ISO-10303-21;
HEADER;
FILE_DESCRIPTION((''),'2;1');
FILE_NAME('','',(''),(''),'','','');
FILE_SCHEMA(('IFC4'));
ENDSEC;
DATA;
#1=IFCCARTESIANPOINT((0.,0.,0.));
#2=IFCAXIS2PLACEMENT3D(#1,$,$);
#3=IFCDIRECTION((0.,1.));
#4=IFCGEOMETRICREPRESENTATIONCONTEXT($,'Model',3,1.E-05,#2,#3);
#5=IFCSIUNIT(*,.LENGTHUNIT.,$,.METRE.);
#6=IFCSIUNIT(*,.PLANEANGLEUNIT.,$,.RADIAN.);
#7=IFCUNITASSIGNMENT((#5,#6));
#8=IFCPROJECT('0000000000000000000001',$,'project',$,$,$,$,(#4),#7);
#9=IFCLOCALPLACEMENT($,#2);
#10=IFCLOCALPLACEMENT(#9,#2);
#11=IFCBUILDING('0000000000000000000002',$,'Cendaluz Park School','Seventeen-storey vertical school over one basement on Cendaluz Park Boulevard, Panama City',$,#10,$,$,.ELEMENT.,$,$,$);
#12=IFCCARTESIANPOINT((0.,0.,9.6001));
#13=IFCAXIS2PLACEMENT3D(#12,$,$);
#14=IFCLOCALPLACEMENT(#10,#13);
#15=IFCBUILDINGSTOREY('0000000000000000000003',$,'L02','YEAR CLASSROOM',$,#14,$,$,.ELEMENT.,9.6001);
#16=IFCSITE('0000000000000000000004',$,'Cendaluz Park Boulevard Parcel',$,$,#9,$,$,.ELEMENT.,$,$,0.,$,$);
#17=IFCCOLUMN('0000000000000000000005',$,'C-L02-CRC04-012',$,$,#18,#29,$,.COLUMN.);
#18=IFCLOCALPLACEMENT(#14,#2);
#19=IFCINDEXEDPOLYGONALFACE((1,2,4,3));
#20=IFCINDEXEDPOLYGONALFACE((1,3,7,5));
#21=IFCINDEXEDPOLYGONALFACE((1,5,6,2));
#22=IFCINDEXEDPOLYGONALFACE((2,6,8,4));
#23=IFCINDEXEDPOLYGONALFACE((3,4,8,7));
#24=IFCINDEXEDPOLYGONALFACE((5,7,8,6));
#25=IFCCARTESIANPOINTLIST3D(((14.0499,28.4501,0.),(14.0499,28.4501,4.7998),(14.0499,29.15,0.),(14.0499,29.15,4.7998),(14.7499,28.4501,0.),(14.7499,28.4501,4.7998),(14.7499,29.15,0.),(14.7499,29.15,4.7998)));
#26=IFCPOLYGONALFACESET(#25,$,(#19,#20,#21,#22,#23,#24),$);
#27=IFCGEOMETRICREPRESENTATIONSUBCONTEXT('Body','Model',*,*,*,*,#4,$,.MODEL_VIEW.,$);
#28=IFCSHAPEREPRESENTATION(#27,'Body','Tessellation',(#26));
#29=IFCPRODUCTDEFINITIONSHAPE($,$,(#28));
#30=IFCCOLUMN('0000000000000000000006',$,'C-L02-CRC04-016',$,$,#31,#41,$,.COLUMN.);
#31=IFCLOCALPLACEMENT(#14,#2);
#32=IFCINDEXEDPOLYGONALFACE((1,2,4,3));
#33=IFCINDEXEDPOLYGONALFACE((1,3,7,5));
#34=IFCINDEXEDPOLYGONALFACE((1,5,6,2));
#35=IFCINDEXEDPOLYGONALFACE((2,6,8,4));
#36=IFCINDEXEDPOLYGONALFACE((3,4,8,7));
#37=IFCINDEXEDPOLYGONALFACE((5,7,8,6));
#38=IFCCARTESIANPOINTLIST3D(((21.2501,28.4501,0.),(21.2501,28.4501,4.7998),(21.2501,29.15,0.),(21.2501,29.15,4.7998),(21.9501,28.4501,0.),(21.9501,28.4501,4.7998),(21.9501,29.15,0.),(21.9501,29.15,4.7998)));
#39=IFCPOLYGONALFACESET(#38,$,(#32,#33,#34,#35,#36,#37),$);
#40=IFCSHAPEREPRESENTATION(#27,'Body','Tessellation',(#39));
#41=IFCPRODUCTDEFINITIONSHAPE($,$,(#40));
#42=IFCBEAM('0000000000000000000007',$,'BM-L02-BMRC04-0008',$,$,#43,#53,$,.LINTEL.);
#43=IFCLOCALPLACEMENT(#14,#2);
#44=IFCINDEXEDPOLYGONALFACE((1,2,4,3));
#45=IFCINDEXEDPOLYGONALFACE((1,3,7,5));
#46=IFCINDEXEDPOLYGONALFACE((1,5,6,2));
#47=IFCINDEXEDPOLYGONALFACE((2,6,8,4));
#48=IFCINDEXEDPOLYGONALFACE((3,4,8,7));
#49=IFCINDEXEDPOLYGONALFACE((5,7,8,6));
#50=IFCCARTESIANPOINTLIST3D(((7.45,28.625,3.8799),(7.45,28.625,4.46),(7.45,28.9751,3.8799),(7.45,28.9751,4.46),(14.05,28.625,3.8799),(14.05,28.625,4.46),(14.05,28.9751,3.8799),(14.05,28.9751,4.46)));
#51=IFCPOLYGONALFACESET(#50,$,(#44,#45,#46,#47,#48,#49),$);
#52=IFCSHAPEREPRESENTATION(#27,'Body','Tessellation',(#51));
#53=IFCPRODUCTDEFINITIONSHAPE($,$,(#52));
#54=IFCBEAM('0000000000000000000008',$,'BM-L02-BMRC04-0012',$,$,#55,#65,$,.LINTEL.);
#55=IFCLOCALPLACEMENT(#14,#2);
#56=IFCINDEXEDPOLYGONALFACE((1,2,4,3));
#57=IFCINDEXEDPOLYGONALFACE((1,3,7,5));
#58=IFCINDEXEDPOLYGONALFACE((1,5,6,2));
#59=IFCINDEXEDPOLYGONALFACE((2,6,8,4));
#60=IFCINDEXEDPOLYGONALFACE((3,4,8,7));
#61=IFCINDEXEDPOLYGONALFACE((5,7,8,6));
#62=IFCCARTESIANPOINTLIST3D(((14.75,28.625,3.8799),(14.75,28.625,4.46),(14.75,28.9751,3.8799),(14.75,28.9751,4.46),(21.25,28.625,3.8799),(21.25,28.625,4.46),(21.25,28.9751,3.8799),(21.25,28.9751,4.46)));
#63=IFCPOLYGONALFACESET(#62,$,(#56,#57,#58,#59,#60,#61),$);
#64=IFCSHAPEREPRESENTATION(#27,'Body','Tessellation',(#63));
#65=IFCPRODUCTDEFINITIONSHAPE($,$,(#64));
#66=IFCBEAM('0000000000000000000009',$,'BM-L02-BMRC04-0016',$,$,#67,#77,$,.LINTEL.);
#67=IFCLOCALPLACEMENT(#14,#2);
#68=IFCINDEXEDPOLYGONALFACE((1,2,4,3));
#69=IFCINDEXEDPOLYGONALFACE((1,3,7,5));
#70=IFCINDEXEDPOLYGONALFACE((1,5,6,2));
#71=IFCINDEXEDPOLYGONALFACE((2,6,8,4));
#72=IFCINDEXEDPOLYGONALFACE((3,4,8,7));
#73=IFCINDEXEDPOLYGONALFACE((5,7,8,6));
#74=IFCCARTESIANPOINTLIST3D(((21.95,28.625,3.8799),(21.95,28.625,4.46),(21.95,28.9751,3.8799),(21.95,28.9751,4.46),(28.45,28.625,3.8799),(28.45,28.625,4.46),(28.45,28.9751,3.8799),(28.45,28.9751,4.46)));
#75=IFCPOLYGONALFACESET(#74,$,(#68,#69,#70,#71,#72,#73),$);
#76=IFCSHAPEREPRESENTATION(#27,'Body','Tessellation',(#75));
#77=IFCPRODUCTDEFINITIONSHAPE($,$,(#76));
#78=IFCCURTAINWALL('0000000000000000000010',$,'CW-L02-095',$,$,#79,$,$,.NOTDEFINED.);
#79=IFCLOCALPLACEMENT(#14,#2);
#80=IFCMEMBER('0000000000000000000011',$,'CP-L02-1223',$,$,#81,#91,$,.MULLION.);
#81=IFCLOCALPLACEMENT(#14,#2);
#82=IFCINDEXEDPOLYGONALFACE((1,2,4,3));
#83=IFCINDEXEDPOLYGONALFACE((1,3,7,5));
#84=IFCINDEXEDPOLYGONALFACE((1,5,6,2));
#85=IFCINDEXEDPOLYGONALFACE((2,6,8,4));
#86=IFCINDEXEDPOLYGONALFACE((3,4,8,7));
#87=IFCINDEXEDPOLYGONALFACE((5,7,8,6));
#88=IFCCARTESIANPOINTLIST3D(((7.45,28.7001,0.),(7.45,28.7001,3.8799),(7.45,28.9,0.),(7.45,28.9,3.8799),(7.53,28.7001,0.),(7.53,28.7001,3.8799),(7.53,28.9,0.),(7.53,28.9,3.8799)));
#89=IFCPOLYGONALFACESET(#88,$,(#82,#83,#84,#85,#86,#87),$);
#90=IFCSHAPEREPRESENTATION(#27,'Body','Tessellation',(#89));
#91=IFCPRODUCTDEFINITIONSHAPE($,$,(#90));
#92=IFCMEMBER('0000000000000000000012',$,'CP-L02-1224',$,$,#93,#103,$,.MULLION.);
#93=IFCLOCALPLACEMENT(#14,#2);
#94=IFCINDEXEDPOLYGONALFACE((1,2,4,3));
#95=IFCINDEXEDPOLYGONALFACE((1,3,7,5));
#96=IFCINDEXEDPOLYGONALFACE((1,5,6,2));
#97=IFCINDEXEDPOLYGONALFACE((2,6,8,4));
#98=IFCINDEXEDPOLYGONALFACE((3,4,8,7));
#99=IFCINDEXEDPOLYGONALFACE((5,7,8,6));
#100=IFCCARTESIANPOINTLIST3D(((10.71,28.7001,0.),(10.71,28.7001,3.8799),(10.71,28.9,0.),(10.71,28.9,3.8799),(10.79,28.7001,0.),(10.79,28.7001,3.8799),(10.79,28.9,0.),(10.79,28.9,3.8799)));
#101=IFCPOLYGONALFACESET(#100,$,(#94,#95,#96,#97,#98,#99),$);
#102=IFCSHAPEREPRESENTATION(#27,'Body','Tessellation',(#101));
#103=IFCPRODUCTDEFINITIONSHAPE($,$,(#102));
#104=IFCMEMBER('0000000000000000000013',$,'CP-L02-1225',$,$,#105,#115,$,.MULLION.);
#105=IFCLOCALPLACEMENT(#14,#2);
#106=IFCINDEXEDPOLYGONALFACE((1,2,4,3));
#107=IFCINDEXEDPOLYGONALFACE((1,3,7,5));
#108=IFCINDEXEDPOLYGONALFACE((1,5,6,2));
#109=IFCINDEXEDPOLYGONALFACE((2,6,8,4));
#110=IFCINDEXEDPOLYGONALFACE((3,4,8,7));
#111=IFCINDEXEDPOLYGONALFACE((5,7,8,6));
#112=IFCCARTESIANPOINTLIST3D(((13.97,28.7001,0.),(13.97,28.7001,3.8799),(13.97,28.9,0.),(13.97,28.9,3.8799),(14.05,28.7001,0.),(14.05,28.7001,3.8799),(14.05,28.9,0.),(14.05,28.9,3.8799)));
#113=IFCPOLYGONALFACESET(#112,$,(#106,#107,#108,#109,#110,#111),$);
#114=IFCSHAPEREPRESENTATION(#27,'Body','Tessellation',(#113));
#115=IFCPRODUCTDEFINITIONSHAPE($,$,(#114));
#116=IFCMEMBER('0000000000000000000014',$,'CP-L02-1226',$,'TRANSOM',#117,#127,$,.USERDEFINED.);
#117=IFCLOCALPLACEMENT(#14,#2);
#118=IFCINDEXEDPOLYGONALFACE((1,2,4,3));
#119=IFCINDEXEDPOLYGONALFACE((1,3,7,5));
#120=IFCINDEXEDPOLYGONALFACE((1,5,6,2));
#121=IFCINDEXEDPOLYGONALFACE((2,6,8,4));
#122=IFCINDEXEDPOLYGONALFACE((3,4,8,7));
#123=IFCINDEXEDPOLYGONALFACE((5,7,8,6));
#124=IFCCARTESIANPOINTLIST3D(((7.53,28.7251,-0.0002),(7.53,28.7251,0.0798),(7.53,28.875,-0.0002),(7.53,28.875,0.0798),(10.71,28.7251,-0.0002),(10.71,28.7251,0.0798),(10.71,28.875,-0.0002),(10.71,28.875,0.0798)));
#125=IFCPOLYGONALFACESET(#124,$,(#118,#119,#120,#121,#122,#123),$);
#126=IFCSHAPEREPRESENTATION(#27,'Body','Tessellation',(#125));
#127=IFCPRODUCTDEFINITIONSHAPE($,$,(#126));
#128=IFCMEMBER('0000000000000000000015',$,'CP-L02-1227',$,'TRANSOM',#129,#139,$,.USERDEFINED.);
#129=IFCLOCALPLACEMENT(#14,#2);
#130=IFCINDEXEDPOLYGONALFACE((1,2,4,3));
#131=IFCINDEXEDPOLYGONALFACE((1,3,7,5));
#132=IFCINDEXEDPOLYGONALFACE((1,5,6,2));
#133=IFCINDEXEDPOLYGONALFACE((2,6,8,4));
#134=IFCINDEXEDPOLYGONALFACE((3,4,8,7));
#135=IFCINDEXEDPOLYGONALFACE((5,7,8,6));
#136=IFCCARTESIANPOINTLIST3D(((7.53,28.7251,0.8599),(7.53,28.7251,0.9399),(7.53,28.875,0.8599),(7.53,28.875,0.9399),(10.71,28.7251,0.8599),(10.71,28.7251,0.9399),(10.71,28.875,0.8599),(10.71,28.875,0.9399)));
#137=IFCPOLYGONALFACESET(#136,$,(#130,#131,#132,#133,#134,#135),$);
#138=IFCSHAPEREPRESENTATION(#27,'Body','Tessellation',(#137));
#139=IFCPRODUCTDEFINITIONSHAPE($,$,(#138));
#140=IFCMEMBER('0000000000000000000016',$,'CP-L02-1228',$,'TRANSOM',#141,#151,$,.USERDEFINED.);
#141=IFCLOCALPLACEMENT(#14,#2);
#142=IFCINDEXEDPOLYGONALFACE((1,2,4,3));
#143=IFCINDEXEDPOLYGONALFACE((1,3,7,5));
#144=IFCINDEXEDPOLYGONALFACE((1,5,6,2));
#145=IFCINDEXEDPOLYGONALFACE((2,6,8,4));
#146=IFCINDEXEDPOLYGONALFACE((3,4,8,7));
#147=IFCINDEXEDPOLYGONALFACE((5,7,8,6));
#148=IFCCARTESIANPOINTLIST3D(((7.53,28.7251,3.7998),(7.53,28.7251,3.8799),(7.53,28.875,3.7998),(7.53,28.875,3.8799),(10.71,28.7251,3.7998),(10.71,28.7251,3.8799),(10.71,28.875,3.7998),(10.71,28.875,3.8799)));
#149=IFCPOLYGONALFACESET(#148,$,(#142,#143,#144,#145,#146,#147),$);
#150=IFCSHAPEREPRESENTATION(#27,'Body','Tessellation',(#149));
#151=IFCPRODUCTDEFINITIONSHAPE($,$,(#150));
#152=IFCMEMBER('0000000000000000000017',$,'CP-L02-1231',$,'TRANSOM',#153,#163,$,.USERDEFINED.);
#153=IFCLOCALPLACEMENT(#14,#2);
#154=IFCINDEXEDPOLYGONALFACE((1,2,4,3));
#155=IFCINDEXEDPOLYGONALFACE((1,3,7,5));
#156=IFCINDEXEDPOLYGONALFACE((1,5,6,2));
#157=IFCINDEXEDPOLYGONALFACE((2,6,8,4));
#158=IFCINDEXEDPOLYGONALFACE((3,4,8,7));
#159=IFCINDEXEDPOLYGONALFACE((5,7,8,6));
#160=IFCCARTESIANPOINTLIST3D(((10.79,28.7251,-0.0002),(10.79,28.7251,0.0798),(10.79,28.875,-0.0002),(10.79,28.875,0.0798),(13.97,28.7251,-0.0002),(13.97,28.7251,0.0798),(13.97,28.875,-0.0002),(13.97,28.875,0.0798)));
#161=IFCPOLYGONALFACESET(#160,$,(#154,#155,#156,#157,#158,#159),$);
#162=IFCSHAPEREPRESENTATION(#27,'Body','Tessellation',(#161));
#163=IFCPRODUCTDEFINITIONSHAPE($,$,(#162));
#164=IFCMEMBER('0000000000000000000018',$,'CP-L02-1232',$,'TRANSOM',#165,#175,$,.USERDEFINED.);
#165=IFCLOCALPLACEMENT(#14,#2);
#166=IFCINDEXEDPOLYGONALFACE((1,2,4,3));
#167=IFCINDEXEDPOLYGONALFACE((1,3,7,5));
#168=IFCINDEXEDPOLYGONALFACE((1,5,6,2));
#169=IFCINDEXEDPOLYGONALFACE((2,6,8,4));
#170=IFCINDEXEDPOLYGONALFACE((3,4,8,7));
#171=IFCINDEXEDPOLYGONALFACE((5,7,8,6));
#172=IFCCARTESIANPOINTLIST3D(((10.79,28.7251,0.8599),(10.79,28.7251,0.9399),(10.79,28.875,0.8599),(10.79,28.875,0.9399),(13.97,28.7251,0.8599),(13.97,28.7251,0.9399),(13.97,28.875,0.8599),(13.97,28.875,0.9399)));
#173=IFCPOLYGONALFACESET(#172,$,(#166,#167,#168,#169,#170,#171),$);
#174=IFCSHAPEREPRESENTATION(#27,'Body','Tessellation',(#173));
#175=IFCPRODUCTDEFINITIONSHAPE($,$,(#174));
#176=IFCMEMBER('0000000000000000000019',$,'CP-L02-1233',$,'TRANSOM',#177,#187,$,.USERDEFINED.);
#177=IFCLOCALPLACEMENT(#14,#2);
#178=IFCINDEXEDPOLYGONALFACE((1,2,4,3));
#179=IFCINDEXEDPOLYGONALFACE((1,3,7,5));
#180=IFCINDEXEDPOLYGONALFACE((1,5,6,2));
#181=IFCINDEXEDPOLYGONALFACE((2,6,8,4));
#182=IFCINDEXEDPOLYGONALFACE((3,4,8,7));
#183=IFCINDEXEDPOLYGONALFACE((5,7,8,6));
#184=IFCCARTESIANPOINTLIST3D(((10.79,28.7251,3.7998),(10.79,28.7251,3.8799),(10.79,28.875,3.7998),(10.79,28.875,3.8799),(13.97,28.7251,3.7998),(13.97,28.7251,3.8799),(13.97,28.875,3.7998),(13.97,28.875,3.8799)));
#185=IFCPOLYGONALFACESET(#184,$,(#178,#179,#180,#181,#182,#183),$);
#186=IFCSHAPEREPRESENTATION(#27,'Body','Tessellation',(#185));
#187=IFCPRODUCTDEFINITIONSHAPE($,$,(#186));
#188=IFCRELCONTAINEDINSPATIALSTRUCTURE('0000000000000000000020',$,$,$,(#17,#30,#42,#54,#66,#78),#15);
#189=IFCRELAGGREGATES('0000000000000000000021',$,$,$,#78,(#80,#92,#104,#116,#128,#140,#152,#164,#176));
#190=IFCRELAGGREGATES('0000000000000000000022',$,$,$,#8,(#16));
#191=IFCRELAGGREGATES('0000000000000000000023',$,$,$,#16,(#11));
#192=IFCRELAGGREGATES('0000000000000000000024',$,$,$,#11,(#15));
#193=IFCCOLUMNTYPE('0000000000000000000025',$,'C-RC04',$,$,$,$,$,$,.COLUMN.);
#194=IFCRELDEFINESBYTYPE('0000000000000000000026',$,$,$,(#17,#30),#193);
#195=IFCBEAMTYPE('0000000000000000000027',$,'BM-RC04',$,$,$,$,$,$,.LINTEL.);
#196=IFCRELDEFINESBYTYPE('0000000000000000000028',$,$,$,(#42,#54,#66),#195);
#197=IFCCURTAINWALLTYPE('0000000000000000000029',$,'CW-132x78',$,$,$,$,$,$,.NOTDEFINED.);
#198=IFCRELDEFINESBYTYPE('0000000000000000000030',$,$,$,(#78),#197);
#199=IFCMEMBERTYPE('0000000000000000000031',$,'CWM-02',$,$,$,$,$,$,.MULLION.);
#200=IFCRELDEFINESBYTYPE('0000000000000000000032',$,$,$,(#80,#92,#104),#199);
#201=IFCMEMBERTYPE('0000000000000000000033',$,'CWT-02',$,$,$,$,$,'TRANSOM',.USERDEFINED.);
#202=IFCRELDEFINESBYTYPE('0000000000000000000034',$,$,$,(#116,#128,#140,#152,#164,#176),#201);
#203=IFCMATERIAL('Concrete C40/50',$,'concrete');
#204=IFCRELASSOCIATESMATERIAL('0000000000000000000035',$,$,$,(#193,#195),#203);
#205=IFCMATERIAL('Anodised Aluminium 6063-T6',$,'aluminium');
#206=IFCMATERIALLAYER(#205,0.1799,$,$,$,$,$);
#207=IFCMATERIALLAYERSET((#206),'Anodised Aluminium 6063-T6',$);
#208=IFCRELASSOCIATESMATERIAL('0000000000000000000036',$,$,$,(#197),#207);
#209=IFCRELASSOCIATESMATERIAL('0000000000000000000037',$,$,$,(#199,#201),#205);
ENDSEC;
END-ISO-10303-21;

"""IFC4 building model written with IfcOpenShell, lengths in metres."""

from ifc_helpers import new_model, si_unit, direction, frame, origin, origin_2d, place, context, subcontext, project, spatial, rectangle, extrude, material, layer, layer_set, material_profile, profile_set, type_object, element, aggregate, save


model = new_model("IFC4")

# Units and contexts
model_context = context("Model", 3, precision=1e-05, world=origin(), true_north=direction((0.0, 1.0)))
body_context = subcontext(model_context, "Body", "Model", "MODEL_VIEW")
ifc_project = project(units=[si_unit("LENGTHUNIT", "METRE"), si_unit("PLANEANGLEUNIT", "RADIAN")], contexts=[model_context])

# Site, building, storey
site_placement = place(None, origin())
site = spatial("IfcSite", under=ifc_project, at=site_placement, Name="Cendaluz Park Boulevard Parcel", CompositionType="ELEMENT", RefElevation=0.0)
building_placement = place(site_placement, origin())
building = spatial("IfcBuilding", under=site, at=building_placement, Name="Cendaluz Park School", Description="Seventeen-storey vertical school over one basement on Cendaluz Park Boulevard, Panama City", CompositionType="ELEMENT")
storey_placement = place(building_placement, frame((0.0, 0.0, 9.6001)))
storey = spatial("IfcBuildingStorey", under=building, at=storey_placement, Name="L02", Description="YEAR CLASSROOM", CompositionType="ELEMENT", Elevation=9.6001)

# Columns
ifc_material_1 = material(Name="Concrete C40/50", Category="concrete")
ifc_material_profile_1 = material_profile(ifc_material_1, rectangle(XDim=0.7, YDim=0.7, at=origin_2d()), Name="RC 700x700", Category="concrete")
ifc_profile_set_1 = profile_set([ifc_material_profile_1], Name="Concrete C40/50")
column_type = type_object("IfcColumnType", Name="C-RC04", PredefinedType="COLUMN", material=ifc_profile_set_1)
for number, where, z_axis, x_axis, name in (
    (1, (14.3999, 28.8, 0.0), (0.0, 0.0, 1.0), (1.0, 0.0, 0.0), "C-L02-CRC04-012"),
    (2, (21.6001, 28.8, 0.0), (0.0, 0.0, 1.0), (1.0, 0.0, 0.0), "C-L02-CRC04-016"),
):
    element("IfcColumn", number, at=place(storey_placement, frame(where, z_axis=z_axis, x_axis=x_axis)), inside=storey, type_object=column_type, Name=name, PredefinedType="COLUMN", context=body_context, shape_type="SweptSolid", body=[
        extrude(rectangle(XDim=0.7, YDim=0.7, at=origin_2d()), origin(), (0.0, 0.0, 1.0), 4.7998),
    ])

# Beams
ifc_material_profile_2 = material_profile(ifc_material_1, rectangle(XDim=0.3501, YDim=0.5801, at=origin_2d()), Name="RC 350x580", Category="concrete")
ifc_profile_set_2 = profile_set([ifc_material_profile_2], Name="Concrete C40/50")
beam_type_1 = type_object("IfcBeamType", Name="BM-RC04", PredefinedType="LINTEL", material=ifc_profile_set_2)
beam_1_placement = place(storey_placement, frame((7.45, 28.8, 4.1699), z_axis=(1.0, 0.0, 0.0), x_axis=(0.0, 1.0, 0.0)))
element("IfcBeam", 3, at=beam_1_placement, inside=storey, type_object=beam_type_1, Name="BM-L02-BMRC04-0008", PredefinedType="LINTEL", context=body_context, shape_type="SweptSolid", body=[
    extrude(rectangle(XDim=0.3501, YDim=0.5801, at=origin_2d()), origin(), (0.0, 0.0, 1.0), 6.6001),
])
for number, where, z_axis, x_axis, name in (
    (4, (14.75, 28.8, 4.1699), (1.0, 0.0, 0.0), (0.0, 1.0, 0.0), "BM-L02-BMRC04-0012"),
    (5, (21.95, 28.8, 4.1699), (1.0, 0.0, 0.0), (0.0, 1.0, 0.0), "BM-L02-BMRC04-0016"),
):
    element("IfcBeam", number, at=place(storey_placement, frame(where, z_axis=z_axis, x_axis=x_axis)), inside=storey, type_object=beam_type_1, Name=name, PredefinedType="LINTEL", context=body_context, shape_type="SweptSolid", body=[
        extrude(rectangle(XDim=0.3501, YDim=0.5801, at=origin_2d()), origin(), (0.0, 0.0, 1.0), 6.5),
    ])

# Curtain wall, members
ifc_material_2 = material(Name="Anodised Aluminium 6063-T6", Category="aluminium")
ifc_layer_1 = layer(ifc_material_2, 0.1799)
ifc_layer_set_1 = layer_set([ifc_layer_1], Name="Anodised Aluminium 6063-T6")
curtain_wall_type = type_object("IfcCurtainWallType", Name="CW-132x78", PredefinedType="NOTDEFINED", material=ifc_layer_set_1)
curtain_wall_placement = place(storey_placement, origin())
curtain_wall = element("IfcCurtainWall", 6, at=curtain_wall_placement, inside=storey, type_object=curtain_wall_type, Name="CW-L02-095", PredefinedType="NOTDEFINED")
ifc_material_profile_3 = material_profile(ifc_material_2, rectangle(XDim=0.2, YDim=0.0801, at=origin_2d()), Name="CWM 200x80", Category="aluminium")
ifc_profile_set_3 = profile_set([ifc_material_profile_3], Name="Anodised Aluminium 6063-T6")
member_type_1 = type_object("IfcMemberType", Name="CWM-02", PredefinedType="MULLION", material=ifc_profile_set_3)
member_1_placement = place(storey_placement, frame((7.49, 28.8, 0.0), z_axis=(0.0, 0.0, 1.0), x_axis=(0.0, 1.0, 0.0)))
member_1 = element("IfcMember", 7, at=member_1_placement, type_object=member_type_1, Name="CP-L02-1223", PredefinedType="MULLION", context=body_context, shape_type="SweptSolid", body=[
    extrude(rectangle(XDim=0.2, YDim=0.0801, at=origin_2d()), origin(), (0.0, 0.0, 1.0), 3.8799),
])
member_2_placement = place(storey_placement, frame((10.75, 28.8, 0.0), z_axis=(0.0, 0.0, 1.0), x_axis=(0.0, 1.0, 0.0)))
member_2 = element("IfcMember", 8, at=member_2_placement, type_object=member_type_1, Name="CP-L02-1224", PredefinedType="MULLION", context=body_context, shape_type="SweptSolid", body=[
    extrude(rectangle(XDim=0.2, YDim=0.0801, at=origin_2d()), origin(), (0.0, 0.0, 1.0), 3.8799),
])
member_3_placement = place(storey_placement, frame((14.01, 28.8, 0.0), z_axis=(0.0, 0.0, 1.0), x_axis=(0.0, 1.0, 0.0)))
member_3 = element("IfcMember", 9, at=member_3_placement, type_object=member_type_1, Name="CP-L02-1225", PredefinedType="MULLION", context=body_context, shape_type="SweptSolid", body=[
    extrude(rectangle(XDim=0.2, YDim=0.0801, at=origin_2d()), origin(), (0.0, 0.0, 1.0), 3.8799),
])
ifc_material_profile_4 = material_profile(ifc_material_2, rectangle(XDim=0.1499, YDim=0.0801, at=origin_2d()), Name="CWT 150x80", Category="aluminium")
ifc_profile_set_4 = profile_set([ifc_material_profile_4], Name="Anodised Aluminium 6063-T6")
member_type_2 = type_object("IfcMemberType", Name="CWT-02", ElementType="TRANSOM", PredefinedType="USERDEFINED", material=ifc_profile_set_4)
member_4_placement = place(storey_placement, frame((7.53, 28.8, 0.0398), z_axis=(1.0, 0.0, 0.0), x_axis=(0.0, 1.0, 0.0)))
member_4 = element("IfcMember", 10, at=member_4_placement, type_object=member_type_2, Name="CP-L02-1226", ObjectType="TRANSOM", PredefinedType="USERDEFINED", context=body_context, shape_type="SweptSolid", body=[
    extrude(rectangle(XDim=0.1499, YDim=0.0801, at=origin_2d()), origin(), (0.0, 0.0, 1.0), 3.1799),
])
member_5_placement = place(storey_placement, frame((7.53, 28.8, 0.8999), z_axis=(1.0, 0.0, 0.0), x_axis=(0.0, 1.0, 0.0)))
member_5 = element("IfcMember", 11, at=member_5_placement, type_object=member_type_2, Name="CP-L02-1227", ObjectType="TRANSOM", PredefinedType="USERDEFINED", context=body_context, shape_type="SweptSolid", body=[
    extrude(rectangle(XDim=0.1499, YDim=0.0801, at=origin_2d()), origin(), (0.0, 0.0, 1.0), 3.1799),
])
member_6_placement = place(storey_placement, frame((7.53, 28.8, 3.8398), z_axis=(1.0, 0.0, 0.0), x_axis=(0.0, 1.0, 0.0)))
member_6 = element("IfcMember", 12, at=member_6_placement, type_object=member_type_2, Name="CP-L02-1228", ObjectType="TRANSOM", PredefinedType="USERDEFINED", context=body_context, shape_type="SweptSolid", body=[
    extrude(rectangle(XDim=0.1499, YDim=0.0801, at=origin_2d()), origin(), (0.0, 0.0, 1.0), 3.1799),
])
member_7_placement = place(storey_placement, frame((10.79, 28.8, 0.0398), z_axis=(1.0, 0.0, 0.0), x_axis=(0.0, 1.0, 0.0)))
member_7 = element("IfcMember", 13, at=member_7_placement, type_object=member_type_2, Name="CP-L02-1231", ObjectType="TRANSOM", PredefinedType="USERDEFINED", context=body_context, shape_type="SweptSolid", body=[
    extrude(rectangle(XDim=0.1499, YDim=0.0801, at=origin_2d()), origin(), (0.0, 0.0, 1.0), 3.1799),
])
member_8_placement = place(storey_placement, frame((10.79, 28.8, 0.8999), z_axis=(1.0, 0.0, 0.0), x_axis=(0.0, 1.0, 0.0)))
member_8 = element("IfcMember", 14, at=member_8_placement, type_object=member_type_2, Name="CP-L02-1232", ObjectType="TRANSOM", PredefinedType="USERDEFINED", context=body_context, shape_type="SweptSolid", body=[
    extrude(rectangle(XDim=0.1499, YDim=0.0801, at=origin_2d()), origin(), (0.0, 0.0, 1.0), 3.1799),
])
member_9_placement = place(storey_placement, frame((10.79, 28.8, 3.8398), z_axis=(1.0, 0.0, 0.0), x_axis=(0.0, 1.0, 0.0)))
member_9 = element("IfcMember", 15, at=member_9_placement, type_object=member_type_2, Name="CP-L02-1233", ObjectType="TRANSOM", PredefinedType="USERDEFINED", context=body_context, shape_type="SweptSolid", body=[
    extrude(rectangle(XDim=0.1499, YDim=0.0801, at=origin_2d()), origin(), (0.0, 0.0, 1.0), 3.1799),
])

aggregate(curtain_wall, [member_1, member_2, member_3, member_4, member_5, member_6, member_7, member_8, member_9])

save(model, "model.ifc")
